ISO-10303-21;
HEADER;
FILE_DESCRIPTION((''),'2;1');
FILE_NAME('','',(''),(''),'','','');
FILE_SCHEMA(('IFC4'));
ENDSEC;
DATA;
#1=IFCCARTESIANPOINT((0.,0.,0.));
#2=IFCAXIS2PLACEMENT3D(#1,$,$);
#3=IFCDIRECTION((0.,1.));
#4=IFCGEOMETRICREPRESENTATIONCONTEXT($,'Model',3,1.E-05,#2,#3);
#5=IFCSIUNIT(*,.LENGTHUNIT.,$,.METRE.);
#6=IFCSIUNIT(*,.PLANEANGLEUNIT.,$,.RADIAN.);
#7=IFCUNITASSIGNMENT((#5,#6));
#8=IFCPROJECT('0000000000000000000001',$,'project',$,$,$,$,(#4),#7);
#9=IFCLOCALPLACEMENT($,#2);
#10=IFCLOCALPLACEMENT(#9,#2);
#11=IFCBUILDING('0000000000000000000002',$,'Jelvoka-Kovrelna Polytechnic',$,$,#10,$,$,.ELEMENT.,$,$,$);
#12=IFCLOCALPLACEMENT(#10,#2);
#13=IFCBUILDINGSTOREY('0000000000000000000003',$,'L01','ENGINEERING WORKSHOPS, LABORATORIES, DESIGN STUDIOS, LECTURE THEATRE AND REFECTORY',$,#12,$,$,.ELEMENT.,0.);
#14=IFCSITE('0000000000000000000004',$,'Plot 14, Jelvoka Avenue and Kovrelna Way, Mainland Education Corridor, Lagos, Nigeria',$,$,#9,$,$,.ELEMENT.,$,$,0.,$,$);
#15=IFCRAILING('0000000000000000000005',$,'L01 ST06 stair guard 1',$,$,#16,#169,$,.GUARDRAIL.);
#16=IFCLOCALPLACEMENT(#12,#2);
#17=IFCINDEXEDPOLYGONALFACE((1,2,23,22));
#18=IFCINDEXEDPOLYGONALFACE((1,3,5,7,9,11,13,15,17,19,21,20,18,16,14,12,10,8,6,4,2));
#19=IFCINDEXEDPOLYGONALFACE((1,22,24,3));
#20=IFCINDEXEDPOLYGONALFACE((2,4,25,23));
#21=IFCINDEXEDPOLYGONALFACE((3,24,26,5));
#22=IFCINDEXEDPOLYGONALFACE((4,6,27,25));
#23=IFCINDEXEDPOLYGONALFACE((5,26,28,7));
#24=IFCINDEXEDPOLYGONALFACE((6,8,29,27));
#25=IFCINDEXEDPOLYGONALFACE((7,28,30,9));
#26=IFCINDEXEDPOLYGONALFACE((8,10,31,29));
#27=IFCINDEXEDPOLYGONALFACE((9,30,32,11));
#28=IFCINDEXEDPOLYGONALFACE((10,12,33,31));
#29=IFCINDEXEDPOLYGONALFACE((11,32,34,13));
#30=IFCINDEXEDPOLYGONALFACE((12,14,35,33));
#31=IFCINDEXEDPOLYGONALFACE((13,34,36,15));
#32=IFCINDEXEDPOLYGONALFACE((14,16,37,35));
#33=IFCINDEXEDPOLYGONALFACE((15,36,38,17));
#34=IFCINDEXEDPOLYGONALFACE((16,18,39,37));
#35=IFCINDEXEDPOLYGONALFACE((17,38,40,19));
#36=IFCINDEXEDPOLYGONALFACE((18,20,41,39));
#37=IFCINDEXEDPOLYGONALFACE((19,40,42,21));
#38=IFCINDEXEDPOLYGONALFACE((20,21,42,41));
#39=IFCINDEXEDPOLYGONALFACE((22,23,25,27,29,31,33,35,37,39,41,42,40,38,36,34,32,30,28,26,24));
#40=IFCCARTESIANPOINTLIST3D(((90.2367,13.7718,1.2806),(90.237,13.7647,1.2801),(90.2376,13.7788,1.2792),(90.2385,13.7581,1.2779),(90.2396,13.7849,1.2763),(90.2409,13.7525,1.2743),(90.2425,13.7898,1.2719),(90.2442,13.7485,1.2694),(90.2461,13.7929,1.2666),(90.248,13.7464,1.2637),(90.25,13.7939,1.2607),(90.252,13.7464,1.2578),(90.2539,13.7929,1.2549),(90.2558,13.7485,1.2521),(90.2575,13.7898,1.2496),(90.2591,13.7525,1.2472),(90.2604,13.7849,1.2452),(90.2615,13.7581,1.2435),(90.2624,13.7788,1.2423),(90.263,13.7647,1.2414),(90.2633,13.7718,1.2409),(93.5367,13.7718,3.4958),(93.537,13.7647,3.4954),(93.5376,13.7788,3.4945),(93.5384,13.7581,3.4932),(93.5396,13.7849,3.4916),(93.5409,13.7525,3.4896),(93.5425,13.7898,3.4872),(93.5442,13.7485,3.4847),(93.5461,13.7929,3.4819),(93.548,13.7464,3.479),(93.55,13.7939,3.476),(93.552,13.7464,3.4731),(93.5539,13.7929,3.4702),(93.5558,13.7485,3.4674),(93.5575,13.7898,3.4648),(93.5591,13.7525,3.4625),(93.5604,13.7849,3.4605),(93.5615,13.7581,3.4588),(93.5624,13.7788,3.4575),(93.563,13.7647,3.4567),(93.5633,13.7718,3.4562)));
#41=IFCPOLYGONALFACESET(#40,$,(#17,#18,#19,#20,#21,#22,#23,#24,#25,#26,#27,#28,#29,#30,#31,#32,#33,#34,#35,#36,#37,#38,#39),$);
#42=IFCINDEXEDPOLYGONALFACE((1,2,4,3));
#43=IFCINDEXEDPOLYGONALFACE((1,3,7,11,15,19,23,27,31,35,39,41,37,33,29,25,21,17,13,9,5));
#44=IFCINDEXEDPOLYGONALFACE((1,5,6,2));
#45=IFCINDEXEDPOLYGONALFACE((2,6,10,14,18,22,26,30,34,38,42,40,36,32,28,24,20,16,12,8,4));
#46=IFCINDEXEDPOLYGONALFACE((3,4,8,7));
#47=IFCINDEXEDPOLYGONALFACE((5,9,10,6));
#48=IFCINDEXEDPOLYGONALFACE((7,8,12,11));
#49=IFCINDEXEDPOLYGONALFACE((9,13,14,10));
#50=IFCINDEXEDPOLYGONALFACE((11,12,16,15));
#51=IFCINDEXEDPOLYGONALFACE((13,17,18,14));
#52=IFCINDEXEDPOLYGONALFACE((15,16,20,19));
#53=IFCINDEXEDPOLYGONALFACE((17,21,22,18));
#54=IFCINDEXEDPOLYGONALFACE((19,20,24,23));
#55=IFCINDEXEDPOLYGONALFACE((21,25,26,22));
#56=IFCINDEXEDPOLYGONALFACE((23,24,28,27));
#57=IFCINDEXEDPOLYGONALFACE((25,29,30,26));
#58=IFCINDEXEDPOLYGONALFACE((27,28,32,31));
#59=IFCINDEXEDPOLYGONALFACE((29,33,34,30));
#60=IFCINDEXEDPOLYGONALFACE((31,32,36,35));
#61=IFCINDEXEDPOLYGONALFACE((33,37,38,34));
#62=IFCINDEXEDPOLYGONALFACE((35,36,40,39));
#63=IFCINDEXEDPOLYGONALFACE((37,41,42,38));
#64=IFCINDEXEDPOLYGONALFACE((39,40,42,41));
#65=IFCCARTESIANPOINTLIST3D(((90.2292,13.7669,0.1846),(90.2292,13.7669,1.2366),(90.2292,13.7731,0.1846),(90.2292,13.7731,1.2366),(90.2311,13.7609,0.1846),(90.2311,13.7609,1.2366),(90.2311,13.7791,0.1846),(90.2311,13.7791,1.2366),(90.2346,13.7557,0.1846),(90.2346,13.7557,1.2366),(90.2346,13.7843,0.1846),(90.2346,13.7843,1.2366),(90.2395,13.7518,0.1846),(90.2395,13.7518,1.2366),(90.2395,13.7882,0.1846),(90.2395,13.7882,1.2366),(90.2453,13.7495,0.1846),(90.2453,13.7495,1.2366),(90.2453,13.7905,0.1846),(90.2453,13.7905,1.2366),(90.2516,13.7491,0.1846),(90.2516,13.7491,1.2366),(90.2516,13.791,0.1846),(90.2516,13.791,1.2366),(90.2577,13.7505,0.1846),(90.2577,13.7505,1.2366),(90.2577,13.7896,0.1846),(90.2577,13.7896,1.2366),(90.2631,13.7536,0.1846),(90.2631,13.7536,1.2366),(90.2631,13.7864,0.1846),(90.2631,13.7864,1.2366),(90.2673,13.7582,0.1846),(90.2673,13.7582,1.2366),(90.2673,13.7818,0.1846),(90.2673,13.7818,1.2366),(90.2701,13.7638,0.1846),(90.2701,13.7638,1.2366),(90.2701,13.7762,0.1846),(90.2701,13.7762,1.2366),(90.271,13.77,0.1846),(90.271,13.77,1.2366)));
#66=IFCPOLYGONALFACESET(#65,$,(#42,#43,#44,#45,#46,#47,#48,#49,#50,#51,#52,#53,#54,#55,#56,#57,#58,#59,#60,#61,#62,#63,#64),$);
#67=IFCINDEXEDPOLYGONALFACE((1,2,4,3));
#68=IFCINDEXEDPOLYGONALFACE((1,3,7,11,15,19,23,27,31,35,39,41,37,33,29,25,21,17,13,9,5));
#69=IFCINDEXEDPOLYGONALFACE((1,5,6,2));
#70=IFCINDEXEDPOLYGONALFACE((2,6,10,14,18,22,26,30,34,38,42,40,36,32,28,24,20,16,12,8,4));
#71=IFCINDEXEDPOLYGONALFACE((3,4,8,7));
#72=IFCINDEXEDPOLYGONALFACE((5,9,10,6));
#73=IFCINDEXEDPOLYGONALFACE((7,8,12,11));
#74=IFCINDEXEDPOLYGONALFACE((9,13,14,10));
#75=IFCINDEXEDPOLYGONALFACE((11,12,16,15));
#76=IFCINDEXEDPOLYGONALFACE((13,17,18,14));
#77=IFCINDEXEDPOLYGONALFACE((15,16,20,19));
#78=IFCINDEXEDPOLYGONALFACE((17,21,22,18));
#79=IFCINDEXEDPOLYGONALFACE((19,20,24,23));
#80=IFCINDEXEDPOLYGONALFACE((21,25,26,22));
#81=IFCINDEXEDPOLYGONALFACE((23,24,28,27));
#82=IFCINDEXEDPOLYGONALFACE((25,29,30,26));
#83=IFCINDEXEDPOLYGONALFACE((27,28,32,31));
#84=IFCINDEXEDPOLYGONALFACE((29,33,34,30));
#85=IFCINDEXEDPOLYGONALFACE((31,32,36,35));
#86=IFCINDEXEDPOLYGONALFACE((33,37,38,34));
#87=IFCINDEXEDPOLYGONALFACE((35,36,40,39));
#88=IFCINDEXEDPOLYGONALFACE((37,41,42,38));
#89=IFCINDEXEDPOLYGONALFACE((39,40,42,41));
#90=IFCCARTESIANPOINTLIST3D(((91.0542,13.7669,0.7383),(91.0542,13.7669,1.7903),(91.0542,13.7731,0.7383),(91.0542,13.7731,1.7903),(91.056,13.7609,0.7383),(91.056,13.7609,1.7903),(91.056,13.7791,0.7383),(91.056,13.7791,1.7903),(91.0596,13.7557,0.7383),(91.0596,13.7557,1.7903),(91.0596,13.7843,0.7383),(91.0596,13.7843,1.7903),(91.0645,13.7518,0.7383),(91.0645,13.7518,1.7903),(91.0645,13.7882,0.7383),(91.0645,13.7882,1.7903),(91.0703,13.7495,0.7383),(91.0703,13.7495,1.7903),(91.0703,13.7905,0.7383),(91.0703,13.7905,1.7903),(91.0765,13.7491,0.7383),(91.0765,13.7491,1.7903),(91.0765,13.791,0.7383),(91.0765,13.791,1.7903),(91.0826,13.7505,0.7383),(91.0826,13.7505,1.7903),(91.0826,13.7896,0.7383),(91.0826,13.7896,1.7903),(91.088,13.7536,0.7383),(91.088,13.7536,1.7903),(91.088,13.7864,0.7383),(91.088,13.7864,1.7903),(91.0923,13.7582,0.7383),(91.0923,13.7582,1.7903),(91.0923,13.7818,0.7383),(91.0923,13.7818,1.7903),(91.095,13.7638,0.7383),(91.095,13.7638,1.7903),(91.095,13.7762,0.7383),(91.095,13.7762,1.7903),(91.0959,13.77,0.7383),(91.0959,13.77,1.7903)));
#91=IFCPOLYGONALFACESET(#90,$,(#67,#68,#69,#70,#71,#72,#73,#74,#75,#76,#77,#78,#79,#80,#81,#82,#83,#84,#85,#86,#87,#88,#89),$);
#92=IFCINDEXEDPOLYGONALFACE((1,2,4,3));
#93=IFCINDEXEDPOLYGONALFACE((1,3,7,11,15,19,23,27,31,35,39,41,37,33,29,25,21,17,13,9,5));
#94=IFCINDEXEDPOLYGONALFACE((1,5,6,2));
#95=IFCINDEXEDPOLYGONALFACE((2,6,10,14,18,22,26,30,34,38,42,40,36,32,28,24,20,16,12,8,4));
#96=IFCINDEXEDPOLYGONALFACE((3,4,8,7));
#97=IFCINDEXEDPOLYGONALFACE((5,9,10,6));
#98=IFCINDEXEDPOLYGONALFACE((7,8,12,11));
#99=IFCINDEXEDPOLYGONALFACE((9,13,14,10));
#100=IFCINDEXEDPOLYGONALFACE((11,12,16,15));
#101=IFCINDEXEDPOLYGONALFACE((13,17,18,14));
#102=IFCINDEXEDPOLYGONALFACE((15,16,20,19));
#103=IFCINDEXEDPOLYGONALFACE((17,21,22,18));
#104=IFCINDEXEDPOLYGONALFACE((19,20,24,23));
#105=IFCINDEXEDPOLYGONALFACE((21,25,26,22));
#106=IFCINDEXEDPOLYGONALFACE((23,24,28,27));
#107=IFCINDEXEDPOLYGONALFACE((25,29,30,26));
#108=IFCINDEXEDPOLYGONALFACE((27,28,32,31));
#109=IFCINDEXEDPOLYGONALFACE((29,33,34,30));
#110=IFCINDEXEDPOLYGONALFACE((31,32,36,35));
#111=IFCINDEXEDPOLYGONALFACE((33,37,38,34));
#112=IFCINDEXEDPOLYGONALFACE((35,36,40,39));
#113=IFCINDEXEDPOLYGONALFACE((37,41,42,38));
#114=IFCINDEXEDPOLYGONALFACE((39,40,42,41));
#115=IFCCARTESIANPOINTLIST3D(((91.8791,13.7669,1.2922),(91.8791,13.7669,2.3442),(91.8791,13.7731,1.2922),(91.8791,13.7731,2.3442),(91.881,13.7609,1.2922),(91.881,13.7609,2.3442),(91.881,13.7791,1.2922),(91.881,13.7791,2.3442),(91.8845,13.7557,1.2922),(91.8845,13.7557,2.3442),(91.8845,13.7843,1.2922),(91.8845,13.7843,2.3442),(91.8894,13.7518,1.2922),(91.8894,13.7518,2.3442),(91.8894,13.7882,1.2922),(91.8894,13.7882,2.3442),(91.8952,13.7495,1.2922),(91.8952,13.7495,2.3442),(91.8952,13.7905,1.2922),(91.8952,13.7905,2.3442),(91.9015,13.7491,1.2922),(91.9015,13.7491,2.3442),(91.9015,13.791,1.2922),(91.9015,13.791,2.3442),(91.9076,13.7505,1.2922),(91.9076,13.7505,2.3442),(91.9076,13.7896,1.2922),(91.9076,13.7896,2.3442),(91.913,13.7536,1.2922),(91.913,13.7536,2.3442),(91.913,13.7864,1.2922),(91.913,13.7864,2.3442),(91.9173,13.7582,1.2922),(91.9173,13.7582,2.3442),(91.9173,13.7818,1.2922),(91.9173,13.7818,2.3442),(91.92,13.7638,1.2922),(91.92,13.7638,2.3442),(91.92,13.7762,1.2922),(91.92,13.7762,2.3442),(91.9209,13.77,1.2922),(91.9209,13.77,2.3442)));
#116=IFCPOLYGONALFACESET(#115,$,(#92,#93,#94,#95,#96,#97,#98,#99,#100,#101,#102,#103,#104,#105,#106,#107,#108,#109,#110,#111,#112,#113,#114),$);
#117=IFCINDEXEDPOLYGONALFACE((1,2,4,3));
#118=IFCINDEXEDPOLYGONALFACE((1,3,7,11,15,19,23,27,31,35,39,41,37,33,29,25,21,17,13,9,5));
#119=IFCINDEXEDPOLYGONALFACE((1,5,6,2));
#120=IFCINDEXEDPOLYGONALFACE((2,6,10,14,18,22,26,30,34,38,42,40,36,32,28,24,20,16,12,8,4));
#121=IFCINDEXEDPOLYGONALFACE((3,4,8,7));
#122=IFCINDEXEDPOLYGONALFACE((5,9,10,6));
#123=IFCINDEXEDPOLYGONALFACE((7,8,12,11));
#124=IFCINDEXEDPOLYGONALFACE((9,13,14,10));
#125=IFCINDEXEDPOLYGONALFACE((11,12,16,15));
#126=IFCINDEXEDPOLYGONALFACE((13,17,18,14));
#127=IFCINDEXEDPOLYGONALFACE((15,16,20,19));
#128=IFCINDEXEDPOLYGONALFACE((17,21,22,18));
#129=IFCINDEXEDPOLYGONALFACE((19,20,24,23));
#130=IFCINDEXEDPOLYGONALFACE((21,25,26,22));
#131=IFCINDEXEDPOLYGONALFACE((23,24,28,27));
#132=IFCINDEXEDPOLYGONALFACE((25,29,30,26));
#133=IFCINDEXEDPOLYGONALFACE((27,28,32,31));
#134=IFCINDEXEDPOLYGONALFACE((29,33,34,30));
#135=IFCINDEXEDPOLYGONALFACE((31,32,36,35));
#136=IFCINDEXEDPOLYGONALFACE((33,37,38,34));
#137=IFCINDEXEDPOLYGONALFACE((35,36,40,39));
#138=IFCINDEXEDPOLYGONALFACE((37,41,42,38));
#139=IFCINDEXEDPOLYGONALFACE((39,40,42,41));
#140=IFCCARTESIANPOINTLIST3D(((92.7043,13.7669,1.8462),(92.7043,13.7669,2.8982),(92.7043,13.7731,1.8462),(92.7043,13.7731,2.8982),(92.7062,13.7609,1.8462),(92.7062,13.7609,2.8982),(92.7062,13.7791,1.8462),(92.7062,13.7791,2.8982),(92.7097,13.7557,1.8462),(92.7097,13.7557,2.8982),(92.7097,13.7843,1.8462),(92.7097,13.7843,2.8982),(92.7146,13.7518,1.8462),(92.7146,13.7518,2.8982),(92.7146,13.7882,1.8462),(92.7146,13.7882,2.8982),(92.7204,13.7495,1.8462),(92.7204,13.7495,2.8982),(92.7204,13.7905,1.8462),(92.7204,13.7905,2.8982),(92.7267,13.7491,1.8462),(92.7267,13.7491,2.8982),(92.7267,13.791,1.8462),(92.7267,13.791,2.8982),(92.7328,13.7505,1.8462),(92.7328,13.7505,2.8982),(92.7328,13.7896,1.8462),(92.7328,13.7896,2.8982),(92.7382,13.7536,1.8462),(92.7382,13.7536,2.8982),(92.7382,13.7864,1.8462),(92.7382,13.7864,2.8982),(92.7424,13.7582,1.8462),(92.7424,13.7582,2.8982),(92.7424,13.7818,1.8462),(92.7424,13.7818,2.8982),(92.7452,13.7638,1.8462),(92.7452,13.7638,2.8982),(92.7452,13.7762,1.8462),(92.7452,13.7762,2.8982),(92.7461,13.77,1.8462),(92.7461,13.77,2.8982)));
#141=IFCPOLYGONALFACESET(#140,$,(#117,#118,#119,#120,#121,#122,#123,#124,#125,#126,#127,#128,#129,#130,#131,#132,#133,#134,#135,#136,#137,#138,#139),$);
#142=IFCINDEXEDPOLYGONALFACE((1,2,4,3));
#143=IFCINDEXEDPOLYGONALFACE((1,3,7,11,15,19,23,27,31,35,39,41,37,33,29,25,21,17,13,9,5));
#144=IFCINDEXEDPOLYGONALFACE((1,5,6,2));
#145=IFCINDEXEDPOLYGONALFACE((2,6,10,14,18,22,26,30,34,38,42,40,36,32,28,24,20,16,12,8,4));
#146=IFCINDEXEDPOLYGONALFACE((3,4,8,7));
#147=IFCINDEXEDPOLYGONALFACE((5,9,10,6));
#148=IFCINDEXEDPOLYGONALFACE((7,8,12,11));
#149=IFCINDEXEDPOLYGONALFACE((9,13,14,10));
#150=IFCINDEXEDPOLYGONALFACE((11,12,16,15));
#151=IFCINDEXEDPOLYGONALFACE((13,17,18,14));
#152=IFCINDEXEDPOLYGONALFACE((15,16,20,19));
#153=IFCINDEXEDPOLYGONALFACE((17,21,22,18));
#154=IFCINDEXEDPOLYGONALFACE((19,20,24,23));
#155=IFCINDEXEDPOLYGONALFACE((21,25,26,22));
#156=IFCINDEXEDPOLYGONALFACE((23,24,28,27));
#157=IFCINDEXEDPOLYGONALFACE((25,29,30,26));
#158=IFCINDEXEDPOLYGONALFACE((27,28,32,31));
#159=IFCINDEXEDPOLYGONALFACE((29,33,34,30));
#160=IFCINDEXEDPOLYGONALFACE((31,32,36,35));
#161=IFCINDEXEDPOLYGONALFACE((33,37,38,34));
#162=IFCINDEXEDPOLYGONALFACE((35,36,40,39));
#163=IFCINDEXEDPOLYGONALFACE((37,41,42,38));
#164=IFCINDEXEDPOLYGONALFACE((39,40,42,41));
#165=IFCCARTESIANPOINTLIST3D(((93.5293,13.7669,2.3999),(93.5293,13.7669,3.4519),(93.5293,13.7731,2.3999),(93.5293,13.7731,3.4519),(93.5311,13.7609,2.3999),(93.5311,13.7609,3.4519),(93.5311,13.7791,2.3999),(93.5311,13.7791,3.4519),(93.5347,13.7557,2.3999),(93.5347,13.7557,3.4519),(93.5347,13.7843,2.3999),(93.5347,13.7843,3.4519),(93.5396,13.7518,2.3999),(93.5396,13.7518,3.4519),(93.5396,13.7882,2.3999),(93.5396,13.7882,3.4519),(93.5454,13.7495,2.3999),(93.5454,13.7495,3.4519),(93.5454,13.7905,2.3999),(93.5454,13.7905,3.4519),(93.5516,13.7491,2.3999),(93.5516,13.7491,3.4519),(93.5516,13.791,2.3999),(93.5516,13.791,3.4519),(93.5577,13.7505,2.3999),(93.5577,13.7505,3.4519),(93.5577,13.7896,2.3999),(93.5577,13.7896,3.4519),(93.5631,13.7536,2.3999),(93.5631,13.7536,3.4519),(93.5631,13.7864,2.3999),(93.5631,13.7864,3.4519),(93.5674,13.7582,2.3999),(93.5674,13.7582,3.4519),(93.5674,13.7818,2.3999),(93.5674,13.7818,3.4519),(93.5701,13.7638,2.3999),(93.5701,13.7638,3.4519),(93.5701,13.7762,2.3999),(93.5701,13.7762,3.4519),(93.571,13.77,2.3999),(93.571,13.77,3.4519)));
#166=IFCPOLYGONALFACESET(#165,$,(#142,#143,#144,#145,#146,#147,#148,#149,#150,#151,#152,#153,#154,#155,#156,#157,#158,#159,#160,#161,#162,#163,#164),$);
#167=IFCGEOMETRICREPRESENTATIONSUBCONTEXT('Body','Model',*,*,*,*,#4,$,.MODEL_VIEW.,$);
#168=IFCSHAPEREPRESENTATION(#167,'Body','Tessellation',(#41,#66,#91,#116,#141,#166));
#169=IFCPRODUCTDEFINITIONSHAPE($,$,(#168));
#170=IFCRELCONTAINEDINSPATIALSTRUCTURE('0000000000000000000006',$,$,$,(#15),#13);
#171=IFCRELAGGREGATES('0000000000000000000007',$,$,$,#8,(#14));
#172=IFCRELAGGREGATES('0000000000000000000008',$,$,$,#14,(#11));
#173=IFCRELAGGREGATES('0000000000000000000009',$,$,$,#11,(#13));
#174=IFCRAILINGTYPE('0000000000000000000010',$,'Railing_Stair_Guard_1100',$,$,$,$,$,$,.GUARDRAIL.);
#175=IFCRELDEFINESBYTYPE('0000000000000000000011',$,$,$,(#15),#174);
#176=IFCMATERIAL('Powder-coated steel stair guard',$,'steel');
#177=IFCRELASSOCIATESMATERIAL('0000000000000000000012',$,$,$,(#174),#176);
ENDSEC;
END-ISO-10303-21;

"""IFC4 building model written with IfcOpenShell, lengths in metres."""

from ifc_helpers import new_model, si_unit, direction, frame, origin, origin_2d, place, context, subcontext, project, spatial, circle, extrude, material, type_object, element, save


model = new_model("IFC4")

# Units and contexts
model_context = context("Model", 3, precision=1e-05, world=origin(), true_north=direction((0.0, 1.0)))
body_context = subcontext(model_context, "Body", "Model", "MODEL_VIEW")
ifc_project = project(units=[si_unit("LENGTHUNIT", "METRE"), si_unit("PLANEANGLEUNIT", "RADIAN")], contexts=[model_context])

# Site, building, storey
site_placement = place(None, origin())
site = spatial("IfcSite", under=ifc_project, at=site_placement, Name="Plot 14, Jelvoka Avenue and Kovrelna Way, Mainland Education Corridor, Lagos, Nigeria", CompositionType="ELEMENT", RefElevation=0.0)
building_placement = place(site_placement, origin())
building = spatial("IfcBuilding", under=site, at=building_placement, Name="Jelvoka-Kovrelna Polytechnic", CompositionType="ELEMENT")
storey_placement = place(building_placement, origin())
storey = spatial("IfcBuildingStorey", under=building, at=storey_placement, Name="L01", Description="ENGINEERING WORKSHOPS, LABORATORIES, DESIGN STUDIOS, LECTURE THEATRE AND REFECTORY", CompositionType="ELEMENT", Elevation=0.0)

# Railing
ifc_material_1 = material(Name="Powder-coated steel stair guard", Category="steel")
railing_type_1 = type_object("IfcRailingType", Name="Railing_Stair_Guard_1100", PredefinedType="GUARDRAIL", material=ifc_material_1)
railing_1_placement = place(storey_placement, frame((90.25, 13.77, 0.1846)))
element("IfcRailing", 1, at=railing_1_placement, inside=storey, type_object=railing_type_1, Name="L01 ST06 stair guard 1", PredefinedType="GUARDRAIL", context=body_context, shape_type="SweptSolid", body=[
    extrude(circle(Radius=0.0239, at=origin_2d()), frame((0.0, 0.0, 1.0762), z_axis=(0.830269, 0.0, 0.557362), x_axis=(0.0, 1.0, 0.0)), (0.0, 0.0, 1.0), 3.9746),
    extrude(circle(Radius=0.021, at=origin_2d()), origin(), (0.0, 0.0, 1.0), 1.052),
    extrude(circle(Radius=0.021, at=origin_2d()), frame((0.825, 0.0, 0.5537)), (0.0, 0.0, 1.0), 1.052),
    extrude(circle(Radius=0.021, at=origin_2d()), frame((1.6499, 0.0, 1.1077)), (0.0, 0.0, 1.0), 1.052),
    extrude(circle(Radius=0.021, at=origin_2d()), frame((2.4751, 0.0, 1.6616)), (0.0, 0.0, 1.0), 1.052),
    extrude(circle(Radius=0.021, at=origin_2d()), frame((3.3, 0.0, 2.2153)), (0.0, 0.0, 1.0), 1.052),
])

save(model, "model.ifc")
